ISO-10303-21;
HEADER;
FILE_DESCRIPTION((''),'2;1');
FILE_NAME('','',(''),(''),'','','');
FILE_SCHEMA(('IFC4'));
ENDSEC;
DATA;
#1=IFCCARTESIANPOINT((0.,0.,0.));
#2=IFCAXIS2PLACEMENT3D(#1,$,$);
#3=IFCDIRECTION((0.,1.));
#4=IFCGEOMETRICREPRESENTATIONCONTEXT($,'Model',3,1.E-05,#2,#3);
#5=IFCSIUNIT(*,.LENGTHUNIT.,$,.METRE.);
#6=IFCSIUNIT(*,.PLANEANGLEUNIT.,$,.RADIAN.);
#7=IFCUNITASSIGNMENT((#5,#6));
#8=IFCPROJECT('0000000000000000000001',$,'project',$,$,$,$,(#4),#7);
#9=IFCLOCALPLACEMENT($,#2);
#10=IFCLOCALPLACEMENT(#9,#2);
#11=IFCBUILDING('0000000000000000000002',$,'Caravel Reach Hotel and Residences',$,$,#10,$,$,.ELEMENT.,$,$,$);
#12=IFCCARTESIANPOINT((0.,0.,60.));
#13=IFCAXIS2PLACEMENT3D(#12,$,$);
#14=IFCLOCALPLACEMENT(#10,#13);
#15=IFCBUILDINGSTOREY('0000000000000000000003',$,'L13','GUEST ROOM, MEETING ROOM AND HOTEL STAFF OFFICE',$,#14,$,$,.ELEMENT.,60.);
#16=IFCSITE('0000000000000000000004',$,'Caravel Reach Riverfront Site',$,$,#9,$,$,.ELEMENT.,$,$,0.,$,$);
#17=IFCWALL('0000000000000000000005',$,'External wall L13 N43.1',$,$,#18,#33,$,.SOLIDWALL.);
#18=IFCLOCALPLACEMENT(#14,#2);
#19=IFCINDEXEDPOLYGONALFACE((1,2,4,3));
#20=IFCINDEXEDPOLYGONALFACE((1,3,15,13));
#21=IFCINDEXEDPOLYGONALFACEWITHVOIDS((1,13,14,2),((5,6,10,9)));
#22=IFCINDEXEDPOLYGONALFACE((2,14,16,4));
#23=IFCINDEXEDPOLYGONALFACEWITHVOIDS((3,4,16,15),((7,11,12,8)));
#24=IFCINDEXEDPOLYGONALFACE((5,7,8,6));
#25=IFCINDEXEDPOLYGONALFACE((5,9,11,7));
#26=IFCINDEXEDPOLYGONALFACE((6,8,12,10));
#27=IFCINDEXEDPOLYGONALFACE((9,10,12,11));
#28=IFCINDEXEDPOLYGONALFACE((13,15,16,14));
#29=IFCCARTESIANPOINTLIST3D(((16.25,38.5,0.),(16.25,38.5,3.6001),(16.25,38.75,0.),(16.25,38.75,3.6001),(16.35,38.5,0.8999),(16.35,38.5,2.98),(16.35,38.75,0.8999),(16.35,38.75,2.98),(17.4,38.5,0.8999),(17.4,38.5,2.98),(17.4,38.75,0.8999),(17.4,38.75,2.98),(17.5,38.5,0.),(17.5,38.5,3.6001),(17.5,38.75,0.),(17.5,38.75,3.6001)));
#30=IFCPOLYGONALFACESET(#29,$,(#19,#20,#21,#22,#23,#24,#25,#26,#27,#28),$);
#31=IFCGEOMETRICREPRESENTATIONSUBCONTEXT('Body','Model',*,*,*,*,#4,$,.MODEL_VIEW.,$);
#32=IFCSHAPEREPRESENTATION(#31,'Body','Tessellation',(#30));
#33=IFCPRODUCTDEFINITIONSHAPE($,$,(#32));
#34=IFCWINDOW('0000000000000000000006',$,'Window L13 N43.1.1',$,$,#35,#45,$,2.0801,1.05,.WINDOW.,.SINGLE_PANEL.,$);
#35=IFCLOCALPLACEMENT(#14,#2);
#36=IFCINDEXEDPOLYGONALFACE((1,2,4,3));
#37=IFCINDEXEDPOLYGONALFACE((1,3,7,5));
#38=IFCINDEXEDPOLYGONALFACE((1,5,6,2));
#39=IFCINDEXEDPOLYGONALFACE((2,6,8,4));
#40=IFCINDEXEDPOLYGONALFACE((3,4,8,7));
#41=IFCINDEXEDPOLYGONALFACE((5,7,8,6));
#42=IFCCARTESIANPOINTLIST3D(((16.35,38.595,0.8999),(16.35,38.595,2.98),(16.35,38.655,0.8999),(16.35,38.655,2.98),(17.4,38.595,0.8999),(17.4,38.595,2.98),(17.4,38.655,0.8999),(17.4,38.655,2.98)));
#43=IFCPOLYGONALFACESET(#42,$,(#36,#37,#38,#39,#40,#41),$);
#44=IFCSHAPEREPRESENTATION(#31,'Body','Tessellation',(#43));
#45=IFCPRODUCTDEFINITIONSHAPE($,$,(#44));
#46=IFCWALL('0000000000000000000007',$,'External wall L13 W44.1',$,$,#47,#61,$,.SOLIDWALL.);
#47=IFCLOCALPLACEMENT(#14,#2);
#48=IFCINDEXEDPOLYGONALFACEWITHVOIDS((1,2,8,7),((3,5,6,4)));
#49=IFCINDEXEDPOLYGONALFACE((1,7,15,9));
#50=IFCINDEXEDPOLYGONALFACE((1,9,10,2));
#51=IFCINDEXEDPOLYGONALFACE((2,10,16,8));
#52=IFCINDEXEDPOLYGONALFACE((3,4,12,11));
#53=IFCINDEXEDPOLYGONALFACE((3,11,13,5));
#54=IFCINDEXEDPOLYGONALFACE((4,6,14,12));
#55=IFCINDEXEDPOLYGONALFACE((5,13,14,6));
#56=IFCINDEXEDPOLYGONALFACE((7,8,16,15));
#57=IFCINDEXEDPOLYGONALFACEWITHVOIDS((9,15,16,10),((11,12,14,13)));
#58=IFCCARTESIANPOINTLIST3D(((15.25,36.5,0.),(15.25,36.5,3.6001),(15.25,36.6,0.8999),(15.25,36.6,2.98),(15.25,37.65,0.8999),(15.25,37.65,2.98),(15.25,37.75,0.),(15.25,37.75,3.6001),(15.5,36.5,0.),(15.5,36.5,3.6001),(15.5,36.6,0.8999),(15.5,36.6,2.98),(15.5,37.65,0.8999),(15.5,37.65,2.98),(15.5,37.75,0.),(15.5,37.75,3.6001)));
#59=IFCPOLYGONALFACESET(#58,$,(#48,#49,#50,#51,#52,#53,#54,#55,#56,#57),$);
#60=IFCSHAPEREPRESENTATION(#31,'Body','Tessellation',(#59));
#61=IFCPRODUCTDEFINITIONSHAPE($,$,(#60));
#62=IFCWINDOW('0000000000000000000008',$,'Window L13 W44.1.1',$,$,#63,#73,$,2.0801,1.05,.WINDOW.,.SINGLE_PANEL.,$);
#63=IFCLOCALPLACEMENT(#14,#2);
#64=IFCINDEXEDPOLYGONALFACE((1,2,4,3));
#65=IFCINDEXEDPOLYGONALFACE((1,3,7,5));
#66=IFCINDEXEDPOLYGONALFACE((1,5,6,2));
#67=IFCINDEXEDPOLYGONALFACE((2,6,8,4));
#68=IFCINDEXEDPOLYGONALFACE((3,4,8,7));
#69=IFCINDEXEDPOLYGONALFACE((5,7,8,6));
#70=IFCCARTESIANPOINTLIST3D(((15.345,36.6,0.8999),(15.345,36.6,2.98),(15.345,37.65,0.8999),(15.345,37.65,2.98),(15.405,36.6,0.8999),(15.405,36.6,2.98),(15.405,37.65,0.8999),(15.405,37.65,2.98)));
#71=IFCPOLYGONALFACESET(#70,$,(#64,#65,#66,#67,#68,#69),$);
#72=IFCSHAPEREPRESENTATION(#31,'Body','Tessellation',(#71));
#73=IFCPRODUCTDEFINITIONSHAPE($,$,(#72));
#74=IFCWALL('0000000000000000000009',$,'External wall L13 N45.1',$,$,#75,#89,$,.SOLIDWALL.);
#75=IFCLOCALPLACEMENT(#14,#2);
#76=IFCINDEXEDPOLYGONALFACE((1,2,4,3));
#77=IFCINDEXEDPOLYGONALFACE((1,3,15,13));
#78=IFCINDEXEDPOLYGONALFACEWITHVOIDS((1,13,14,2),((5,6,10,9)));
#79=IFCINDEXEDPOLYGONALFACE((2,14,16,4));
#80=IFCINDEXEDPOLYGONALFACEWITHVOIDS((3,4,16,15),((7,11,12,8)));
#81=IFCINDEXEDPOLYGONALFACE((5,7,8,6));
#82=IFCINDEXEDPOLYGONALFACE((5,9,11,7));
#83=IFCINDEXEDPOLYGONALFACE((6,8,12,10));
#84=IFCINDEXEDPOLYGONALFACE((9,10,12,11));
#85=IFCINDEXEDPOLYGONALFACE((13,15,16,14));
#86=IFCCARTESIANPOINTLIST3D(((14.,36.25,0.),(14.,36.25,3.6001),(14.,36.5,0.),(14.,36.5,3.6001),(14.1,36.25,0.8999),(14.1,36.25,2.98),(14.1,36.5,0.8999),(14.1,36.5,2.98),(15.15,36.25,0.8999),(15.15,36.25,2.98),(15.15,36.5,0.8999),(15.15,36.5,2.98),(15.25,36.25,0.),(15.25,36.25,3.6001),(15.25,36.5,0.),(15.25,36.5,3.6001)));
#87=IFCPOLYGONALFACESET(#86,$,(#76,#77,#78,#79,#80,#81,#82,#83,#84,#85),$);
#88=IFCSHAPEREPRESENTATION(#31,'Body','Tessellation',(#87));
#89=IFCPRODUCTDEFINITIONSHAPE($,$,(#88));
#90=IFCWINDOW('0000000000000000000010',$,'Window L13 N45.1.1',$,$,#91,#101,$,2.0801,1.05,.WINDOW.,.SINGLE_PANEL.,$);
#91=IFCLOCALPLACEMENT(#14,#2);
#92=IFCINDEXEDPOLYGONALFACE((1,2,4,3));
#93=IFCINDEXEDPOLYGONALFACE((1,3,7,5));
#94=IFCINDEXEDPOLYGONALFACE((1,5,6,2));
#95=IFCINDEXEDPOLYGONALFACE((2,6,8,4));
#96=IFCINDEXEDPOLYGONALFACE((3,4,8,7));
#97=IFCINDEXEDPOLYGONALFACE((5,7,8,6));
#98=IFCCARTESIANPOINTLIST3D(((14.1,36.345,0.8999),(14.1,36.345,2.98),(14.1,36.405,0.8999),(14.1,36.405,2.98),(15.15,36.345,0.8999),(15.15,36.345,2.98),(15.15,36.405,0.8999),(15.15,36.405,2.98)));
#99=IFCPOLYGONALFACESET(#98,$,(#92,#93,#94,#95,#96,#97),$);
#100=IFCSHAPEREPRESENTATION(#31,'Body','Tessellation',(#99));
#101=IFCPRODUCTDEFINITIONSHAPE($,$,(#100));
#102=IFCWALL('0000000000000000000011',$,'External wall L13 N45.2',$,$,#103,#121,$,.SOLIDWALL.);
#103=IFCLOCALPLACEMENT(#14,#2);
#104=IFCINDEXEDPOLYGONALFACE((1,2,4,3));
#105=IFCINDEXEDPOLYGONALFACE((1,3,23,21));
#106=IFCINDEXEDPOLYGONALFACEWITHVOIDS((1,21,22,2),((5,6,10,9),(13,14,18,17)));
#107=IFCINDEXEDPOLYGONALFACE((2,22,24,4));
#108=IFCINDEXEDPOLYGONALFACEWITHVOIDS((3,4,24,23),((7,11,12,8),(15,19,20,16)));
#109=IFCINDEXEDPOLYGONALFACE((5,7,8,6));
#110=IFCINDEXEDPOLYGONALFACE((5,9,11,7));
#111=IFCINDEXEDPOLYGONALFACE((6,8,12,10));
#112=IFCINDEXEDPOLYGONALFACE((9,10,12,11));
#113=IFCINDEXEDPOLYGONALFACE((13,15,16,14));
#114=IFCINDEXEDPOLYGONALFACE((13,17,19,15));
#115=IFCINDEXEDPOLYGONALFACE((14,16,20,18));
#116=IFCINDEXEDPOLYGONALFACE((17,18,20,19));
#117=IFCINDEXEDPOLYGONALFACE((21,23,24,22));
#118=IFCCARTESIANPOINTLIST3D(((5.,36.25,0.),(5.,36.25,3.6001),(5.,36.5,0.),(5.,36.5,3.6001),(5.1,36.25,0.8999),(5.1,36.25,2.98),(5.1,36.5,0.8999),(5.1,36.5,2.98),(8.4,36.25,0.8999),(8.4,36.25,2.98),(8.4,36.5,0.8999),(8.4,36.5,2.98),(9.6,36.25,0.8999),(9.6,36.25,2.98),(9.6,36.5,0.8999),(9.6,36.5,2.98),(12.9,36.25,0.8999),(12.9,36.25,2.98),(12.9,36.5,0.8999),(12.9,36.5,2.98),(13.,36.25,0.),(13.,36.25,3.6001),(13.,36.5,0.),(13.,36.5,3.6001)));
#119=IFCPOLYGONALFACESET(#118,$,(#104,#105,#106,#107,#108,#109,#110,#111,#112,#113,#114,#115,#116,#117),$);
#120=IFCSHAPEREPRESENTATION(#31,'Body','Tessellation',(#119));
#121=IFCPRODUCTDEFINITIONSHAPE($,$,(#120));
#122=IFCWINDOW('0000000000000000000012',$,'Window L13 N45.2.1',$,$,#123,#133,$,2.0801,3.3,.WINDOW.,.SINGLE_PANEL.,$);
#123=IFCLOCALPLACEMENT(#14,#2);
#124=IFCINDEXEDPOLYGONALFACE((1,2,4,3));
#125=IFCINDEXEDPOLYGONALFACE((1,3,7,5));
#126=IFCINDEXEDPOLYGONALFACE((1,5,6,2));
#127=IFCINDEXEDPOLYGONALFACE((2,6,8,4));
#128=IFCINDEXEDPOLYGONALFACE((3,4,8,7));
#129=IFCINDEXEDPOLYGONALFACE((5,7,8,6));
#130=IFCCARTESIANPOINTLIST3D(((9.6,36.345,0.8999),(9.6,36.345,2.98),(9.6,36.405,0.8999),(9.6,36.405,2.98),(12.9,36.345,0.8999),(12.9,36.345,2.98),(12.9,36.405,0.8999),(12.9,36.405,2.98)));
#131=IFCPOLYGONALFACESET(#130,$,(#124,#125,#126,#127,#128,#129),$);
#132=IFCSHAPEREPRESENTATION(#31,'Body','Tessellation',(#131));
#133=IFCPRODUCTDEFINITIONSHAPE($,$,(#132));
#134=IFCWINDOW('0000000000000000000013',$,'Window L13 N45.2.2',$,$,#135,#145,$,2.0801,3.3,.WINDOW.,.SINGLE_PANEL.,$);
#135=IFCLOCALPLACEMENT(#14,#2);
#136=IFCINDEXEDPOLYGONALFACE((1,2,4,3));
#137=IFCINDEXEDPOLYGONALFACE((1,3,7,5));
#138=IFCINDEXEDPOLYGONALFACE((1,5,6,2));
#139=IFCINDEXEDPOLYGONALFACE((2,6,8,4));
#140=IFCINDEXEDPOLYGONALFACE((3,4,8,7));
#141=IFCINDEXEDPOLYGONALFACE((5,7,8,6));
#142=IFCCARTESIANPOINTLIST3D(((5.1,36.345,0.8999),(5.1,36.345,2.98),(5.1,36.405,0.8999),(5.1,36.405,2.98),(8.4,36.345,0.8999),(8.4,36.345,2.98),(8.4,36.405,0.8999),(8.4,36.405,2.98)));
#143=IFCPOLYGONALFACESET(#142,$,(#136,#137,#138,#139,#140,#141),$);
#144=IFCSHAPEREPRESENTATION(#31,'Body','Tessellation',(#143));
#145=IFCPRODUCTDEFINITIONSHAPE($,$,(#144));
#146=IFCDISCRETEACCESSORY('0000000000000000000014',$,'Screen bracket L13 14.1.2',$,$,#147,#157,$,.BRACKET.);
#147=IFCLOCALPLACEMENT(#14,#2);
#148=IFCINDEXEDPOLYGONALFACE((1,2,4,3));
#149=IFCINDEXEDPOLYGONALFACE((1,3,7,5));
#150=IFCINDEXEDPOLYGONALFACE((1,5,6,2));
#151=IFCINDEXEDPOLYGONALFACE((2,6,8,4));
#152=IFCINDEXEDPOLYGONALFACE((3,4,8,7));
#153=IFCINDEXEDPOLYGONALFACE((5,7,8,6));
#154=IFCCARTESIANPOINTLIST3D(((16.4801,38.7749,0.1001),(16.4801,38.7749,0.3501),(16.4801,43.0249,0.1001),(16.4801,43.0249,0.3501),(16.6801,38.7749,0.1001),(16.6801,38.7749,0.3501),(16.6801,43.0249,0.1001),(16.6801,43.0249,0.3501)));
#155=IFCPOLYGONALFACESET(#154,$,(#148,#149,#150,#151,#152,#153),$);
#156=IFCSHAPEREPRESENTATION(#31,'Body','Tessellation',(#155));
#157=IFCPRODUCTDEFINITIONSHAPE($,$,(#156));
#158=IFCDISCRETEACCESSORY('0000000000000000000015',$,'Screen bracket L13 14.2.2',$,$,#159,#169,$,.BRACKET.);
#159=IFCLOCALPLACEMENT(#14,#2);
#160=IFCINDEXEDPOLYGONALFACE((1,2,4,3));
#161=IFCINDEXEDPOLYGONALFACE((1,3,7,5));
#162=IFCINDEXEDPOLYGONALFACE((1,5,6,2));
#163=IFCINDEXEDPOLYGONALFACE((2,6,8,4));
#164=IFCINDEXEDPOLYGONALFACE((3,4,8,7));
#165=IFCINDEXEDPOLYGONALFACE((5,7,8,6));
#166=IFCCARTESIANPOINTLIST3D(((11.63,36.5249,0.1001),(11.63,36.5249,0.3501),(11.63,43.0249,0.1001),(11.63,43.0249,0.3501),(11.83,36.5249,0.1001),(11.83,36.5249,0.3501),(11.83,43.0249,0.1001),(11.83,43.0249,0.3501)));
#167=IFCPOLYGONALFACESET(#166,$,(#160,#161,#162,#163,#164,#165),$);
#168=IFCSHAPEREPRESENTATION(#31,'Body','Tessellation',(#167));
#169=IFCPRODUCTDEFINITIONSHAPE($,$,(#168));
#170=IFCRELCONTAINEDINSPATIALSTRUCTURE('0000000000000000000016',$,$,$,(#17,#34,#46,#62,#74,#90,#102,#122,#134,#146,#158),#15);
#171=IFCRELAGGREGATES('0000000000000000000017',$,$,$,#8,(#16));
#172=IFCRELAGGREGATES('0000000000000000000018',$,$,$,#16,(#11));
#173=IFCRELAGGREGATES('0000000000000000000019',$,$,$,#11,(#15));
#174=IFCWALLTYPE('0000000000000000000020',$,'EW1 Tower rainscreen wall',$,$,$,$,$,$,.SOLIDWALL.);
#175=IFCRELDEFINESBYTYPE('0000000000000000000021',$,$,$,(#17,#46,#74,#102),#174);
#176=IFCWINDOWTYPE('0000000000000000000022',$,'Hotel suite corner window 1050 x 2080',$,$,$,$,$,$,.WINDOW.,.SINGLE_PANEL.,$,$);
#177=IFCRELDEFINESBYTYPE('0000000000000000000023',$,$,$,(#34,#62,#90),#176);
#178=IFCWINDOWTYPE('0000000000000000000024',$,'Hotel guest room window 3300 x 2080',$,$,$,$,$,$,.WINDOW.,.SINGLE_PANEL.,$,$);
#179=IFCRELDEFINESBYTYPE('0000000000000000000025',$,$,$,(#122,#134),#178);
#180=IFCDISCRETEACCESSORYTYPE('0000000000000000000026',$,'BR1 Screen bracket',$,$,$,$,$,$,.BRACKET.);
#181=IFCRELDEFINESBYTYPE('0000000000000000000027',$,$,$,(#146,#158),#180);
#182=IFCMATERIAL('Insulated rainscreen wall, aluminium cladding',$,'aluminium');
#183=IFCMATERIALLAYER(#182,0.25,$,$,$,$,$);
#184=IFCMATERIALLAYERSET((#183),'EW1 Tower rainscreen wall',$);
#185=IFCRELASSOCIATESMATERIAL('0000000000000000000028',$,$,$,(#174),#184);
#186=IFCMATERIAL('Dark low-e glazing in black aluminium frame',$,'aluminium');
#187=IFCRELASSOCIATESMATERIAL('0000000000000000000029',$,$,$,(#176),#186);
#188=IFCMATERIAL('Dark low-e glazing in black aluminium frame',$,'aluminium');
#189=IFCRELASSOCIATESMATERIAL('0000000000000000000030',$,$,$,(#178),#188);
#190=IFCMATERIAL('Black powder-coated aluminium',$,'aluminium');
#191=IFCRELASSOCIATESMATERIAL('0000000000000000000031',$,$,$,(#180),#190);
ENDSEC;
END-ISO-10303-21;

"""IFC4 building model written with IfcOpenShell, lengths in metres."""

from ifc_helpers import new_model, si_unit, direction, frame, frame_2d, origin, origin_2d, place, context, subcontext, project, spatial, rectangle, extrude, material, layer, layer_set, type_object, element, fill, save


model = new_model("IFC4")

# Units and contexts
model_context = context("Model", 3, precision=1e-05, world=origin(), true_north=direction((0.0, 1.0)))
body_context = subcontext(model_context, "Body", "Model", "MODEL_VIEW")
ifc_project = project(units=[si_unit("LENGTHUNIT", "METRE"), si_unit("PLANEANGLEUNIT", "RADIAN")], contexts=[model_context])

# Site, building, storey
site_placement = place(None, origin())
site = spatial("IfcSite", under=ifc_project, at=site_placement, Name="Caravel Reach Riverfront Site", CompositionType="ELEMENT", RefElevation=0.0)
building_placement = place(site_placement, origin())
building = spatial("IfcBuilding", under=site, at=building_placement, Name="Caravel Reach Hotel and Residences", CompositionType="ELEMENT")
storey_placement = place(building_placement, frame((0.0, 0.0, 60.0)))
storey = spatial("IfcBuildingStorey", under=building, at=storey_placement, Name="L13", Description="GUEST ROOM, MEETING ROOM AND HOTEL STAFF OFFICE", CompositionType="ELEMENT", Elevation=60.0)

# Walls, openings, windows
ifc_material_1 = material(Name="Insulated rainscreen wall, aluminium cladding", Category="aluminium")
ifc_layer = layer(ifc_material_1, 0.25)
ifc_layer_set = layer_set([ifc_layer], Name="EW1 Tower rainscreen wall")
wall_type = type_object("IfcWallType", Name="EW1 Tower rainscreen wall", PredefinedType="SOLIDWALL", material=ifc_layer_set)
ifc_material_2 = material(Name="Dark low-e glazing in black aluminium frame", Category="aluminium")
window_type_1 = type_object("IfcWindowType", Name="Hotel suite corner window 1050 x 2080", PartitioningType="SINGLE_PANEL", PredefinedType="WINDOW", material=ifc_material_2)
wall_1_placement = place(storey_placement, frame((17.5, 38.625, 0.0), z_axis=(0.0, 0.0, 1.0), x_axis=(-1.0, 0.0, 0.0)))
wall_1 = element("IfcWall", 1, at=wall_1_placement, inside=storey, type_object=wall_type, Name="External wall L13 N43.1", PredefinedType="SOLIDWALL", context=body_context, shape_type="SweptSolid", body=[
    extrude(rectangle(XDim=1.25, YDim=0.25, at=frame_2d((0.625, 0.0))), origin(), (0.0, 0.0, 1.0), 3.6001),
])
opening_1_placement = place(wall_1_placement, frame((0.1001, 0.0, 0.8999)))
opening_1 = element("IfcOpeningElement", 2, at=opening_1_placement, cuts=wall_1, PredefinedType="OPENING", context=body_context, shape_type="SweptSolid", body=[
    extrude(rectangle(XDim=1.05, YDim=2.0801, at=frame_2d((0.5249, 1.04))), frame((0.0, 0.135, 0.0), z_axis=(0.0, -1.0, 0.0), x_axis=(1.0, 0.0, 0.0)), (0.0, 0.0, 1.0), 0.27),
])
window_1_placement = place(opening_1_placement, origin())
window_1 = element("IfcWindow", 3, at=window_1_placement, inside=storey, type_object=window_type_1, Name="Window L13 N43.1.1", OverallHeight=2.0801, OverallWidth=1.05, PartitioningType="SINGLE_PANEL", PredefinedType="WINDOW", context=body_context, shape_type="SweptSolid", body=[
    extrude(rectangle(XDim=1.05, YDim=2.0801, at=frame_2d((0.5249, 1.04))), frame((0.0, 0.03, 0.0), z_axis=(0.0, -1.0, 0.0), x_axis=(1.0, 0.0, 0.0)), (0.0, 0.0, 1.0), 0.0601),
])
fill(opening_1, window_1)
wall_2_placement = place(storey_placement, frame((15.375, 37.75, 0.0), z_axis=(0.0, 0.0, 1.0), x_axis=(0.0, -1.0, 0.0)))
wall_2 = element("IfcWall", 4, at=wall_2_placement, inside=storey, type_object=wall_type, Name="External wall L13 W44.1", PredefinedType="SOLIDWALL", context=body_context, shape_type="SweptSolid", body=[
    extrude(rectangle(XDim=1.25, YDim=0.25, at=frame_2d((0.625, 0.0))), origin(), (0.0, 0.0, 1.0), 3.6001),
])
opening_2_placement = place(wall_2_placement, frame((0.1001, 0.0, 0.8999)))
opening_2 = element("IfcOpeningElement", 5, at=opening_2_placement, cuts=wall_2, PredefinedType="OPENING", context=body_context, shape_type="SweptSolid", body=[
    extrude(rectangle(XDim=1.05, YDim=2.0801, at=frame_2d((0.5249, 1.04))), frame((0.0, 0.135, 0.0), z_axis=(0.0, -1.0, 0.0), x_axis=(1.0, 0.0, 0.0)), (0.0, 0.0, 1.0), 0.27),
])
window_2_placement = place(opening_2_placement, origin())
window_2 = element("IfcWindow", 6, at=window_2_placement, inside=storey, type_object=window_type_1, Name="Window L13 W44.1.1", OverallHeight=2.0801, OverallWidth=1.05, PartitioningType="SINGLE_PANEL", PredefinedType="WINDOW", context=body_context, shape_type="SweptSolid", body=[
    extrude(rectangle(XDim=1.05, YDim=2.0801, at=frame_2d((0.5249, 1.04))), frame((0.0, 0.03, 0.0), z_axis=(0.0, -1.0, 0.0), x_axis=(1.0, 0.0, 0.0)), (0.0, 0.0, 1.0), 0.0601),
])
fill(opening_2, window_2)
wall_3_placement = place(storey_placement, frame((15.25, 36.375, 0.0), z_axis=(0.0, 0.0, 1.0), x_axis=(-1.0, 0.0, 0.0)))
wall_3 = element("IfcWall", 7, at=wall_3_placement, inside=storey, type_object=wall_type, Name="External wall L13 N45.1", PredefinedType="SOLIDWALL", context=body_context, shape_type="SweptSolid", body=[
    extrude(rectangle(XDim=1.25, YDim=0.25, at=frame_2d((0.625, 0.0))), origin(), (0.0, 0.0, 1.0), 3.6001),
])
opening_3_placement = place(wall_3_placement, frame((0.1001, 0.0, 0.8999)))
opening_3 = element("IfcOpeningElement", 8, at=opening_3_placement, cuts=wall_3, PredefinedType="OPENING", context=body_context, shape_type="SweptSolid", body=[
    extrude(rectangle(XDim=1.05, YDim=2.0801, at=frame_2d((0.5249, 1.04))), frame((0.0, 0.135, 0.0), z_axis=(0.0, -1.0, 0.0), x_axis=(1.0, 0.0, 0.0)), (0.0, 0.0, 1.0), 0.27),
])
window_3_placement = place(opening_3_placement, origin())
window_3 = element("IfcWindow", 9, at=window_3_placement, inside=storey, type_object=window_type_1, Name="Window L13 N45.1.1", OverallHeight=2.0801, OverallWidth=1.05, PartitioningType="SINGLE_PANEL", PredefinedType="WINDOW", context=body_context, shape_type="SweptSolid", body=[
    extrude(rectangle(XDim=1.05, YDim=2.0801, at=frame_2d((0.5249, 1.04))), frame((0.0, 0.03, 0.0), z_axis=(0.0, -1.0, 0.0), x_axis=(1.0, 0.0, 0.0)), (0.0, 0.0, 1.0), 0.0601),
])
fill(opening_3, window_3)

# Wall, openings, windows
wall_4_placement = place(storey_placement, frame((13.0, 36.375, 0.0), z_axis=(0.0, 0.0, 1.0), x_axis=(-1.0, 0.0, 0.0)))
wall_4 = element("IfcWall", 10, at=wall_4_placement, inside=storey, type_object=wall_type, Name="External wall L13 N45.2", PredefinedType="SOLIDWALL", context=body_context, shape_type="SweptSolid", body=[
    extrude(rectangle(XDim=8.0, YDim=0.25, at=frame_2d((4.0, 0.0))), origin(), (0.0, 0.0, 1.0), 3.6001),
])
opening_4_placement = place(wall_4_placement, frame((0.1001, 0.0, 0.8999)))
opening_4 = element("IfcOpeningElement", 11, at=opening_4_placement, cuts=wall_4, PredefinedType="OPENING", context=body_context, shape_type="SweptSolid", body=[
    extrude(rectangle(XDim=3.3, YDim=2.0801, at=frame_2d((1.6499, 1.04))), frame((0.0, 0.135, 0.0), z_axis=(0.0, -1.0, 0.0), x_axis=(1.0, 0.0, 0.0)), (0.0, 0.0, 1.0), 0.27),
])
opening_5_placement = place(wall_4_placement, frame((4.6001, 0.0, 0.8999)))
opening_5 = element("IfcOpeningElement", 12, at=opening_5_placement, cuts=wall_4, PredefinedType="OPENING", context=body_context, shape_type="SweptSolid", body=[
    extrude(rectangle(XDim=3.3, YDim=2.0801, at=frame_2d((1.6499, 1.04))), frame((0.0, 0.135, 0.0), z_axis=(0.0, -1.0, 0.0), x_axis=(1.0, 0.0, 0.0)), (0.0, 0.0, 1.0), 0.27),
])
ifc_material_3 = material(Name="Dark low-e glazing in black aluminium frame", Category="aluminium")
window_type_2 = type_object("IfcWindowType", Name="Hotel guest room window 3300 x 2080", PartitioningType="SINGLE_PANEL", PredefinedType="WINDOW", material=ifc_material_3)
window_4_placement = place(opening_4_placement, origin())
window_4 = element("IfcWindow", 13, at=window_4_placement, inside=storey, type_object=window_type_2, Name="Window L13 N45.2.1", OverallHeight=2.0801, OverallWidth=3.3, PartitioningType="SINGLE_PANEL", PredefinedType="WINDOW", context=body_context, shape_type="SweptSolid", body=[
    extrude(rectangle(XDim=3.3, YDim=2.0801, at=frame_2d((1.6499, 1.04))), frame((0.0, 0.03, 0.0), z_axis=(0.0, -1.0, 0.0), x_axis=(1.0, 0.0, 0.0)), (0.0, 0.0, 1.0), 0.0601),
])
fill(opening_4, window_4)
window_5_placement = place(opening_5_placement, origin())
window_5 = element("IfcWindow", 14, at=window_5_placement, inside=storey, type_object=window_type_2, Name="Window L13 N45.2.2", OverallHeight=2.0801, OverallWidth=3.3, PartitioningType="SINGLE_PANEL", PredefinedType="WINDOW", context=body_context, shape_type="SweptSolid", body=[
    extrude(rectangle(XDim=3.3, YDim=2.0801, at=frame_2d((1.6499, 1.04))), frame((0.0, 0.03, 0.0), z_axis=(0.0, -1.0, 0.0), x_axis=(1.0, 0.0, 0.0)), (0.0, 0.0, 1.0), 0.0601),
])
fill(opening_5, window_5)

# Discrete accessories
ifc_material_4 = material(Name="Black powder-coated aluminium", Category="aluminium")
discrete_accessory_type = type_object("IfcDiscreteAccessoryType", Name="BR1 Screen bracket", PredefinedType="BRACKET", material=ifc_material_4)
discrete_accessory_placement = place(storey_placement, frame((16.5801, 40.8999, 0.1001), z_axis=(0.0, 0.0, 1.0), x_axis=(0.0, 1.0, 0.0)))
element("IfcDiscreteAccessory", 15, at=discrete_accessory_placement, inside=storey, type_object=discrete_accessory_type, Name="Screen bracket L13 14.1.2", PredefinedType="BRACKET", context=body_context, shape_type="SweptSolid", body=[
    extrude(rectangle(XDim=4.25, YDim=0.2, at=origin_2d()), origin(), (0.0, 0.0, 1.0), 0.25),
])
for number, where, z_axis, x_axis, name in (
    (16, (11.73, 39.7749, 0.1001), (0.0, 0.0, 1.0), (0.0, 1.0, 0.0), "Screen bracket L13 14.2.2"),
):
    element("IfcDiscreteAccessory", number, at=place(storey_placement, frame(where, z_axis=z_axis, x_axis=x_axis)), inside=storey, type_object=discrete_accessory_type, Name=name, PredefinedType="BRACKET", context=body_context, shape_type="SweptSolid", body=[
        extrude(rectangle(XDim=6.5, YDim=0.2, at=origin_2d()), origin(), (0.0, 0.0, 1.0), 0.25),
    ])

save(model, "model.ifc")
